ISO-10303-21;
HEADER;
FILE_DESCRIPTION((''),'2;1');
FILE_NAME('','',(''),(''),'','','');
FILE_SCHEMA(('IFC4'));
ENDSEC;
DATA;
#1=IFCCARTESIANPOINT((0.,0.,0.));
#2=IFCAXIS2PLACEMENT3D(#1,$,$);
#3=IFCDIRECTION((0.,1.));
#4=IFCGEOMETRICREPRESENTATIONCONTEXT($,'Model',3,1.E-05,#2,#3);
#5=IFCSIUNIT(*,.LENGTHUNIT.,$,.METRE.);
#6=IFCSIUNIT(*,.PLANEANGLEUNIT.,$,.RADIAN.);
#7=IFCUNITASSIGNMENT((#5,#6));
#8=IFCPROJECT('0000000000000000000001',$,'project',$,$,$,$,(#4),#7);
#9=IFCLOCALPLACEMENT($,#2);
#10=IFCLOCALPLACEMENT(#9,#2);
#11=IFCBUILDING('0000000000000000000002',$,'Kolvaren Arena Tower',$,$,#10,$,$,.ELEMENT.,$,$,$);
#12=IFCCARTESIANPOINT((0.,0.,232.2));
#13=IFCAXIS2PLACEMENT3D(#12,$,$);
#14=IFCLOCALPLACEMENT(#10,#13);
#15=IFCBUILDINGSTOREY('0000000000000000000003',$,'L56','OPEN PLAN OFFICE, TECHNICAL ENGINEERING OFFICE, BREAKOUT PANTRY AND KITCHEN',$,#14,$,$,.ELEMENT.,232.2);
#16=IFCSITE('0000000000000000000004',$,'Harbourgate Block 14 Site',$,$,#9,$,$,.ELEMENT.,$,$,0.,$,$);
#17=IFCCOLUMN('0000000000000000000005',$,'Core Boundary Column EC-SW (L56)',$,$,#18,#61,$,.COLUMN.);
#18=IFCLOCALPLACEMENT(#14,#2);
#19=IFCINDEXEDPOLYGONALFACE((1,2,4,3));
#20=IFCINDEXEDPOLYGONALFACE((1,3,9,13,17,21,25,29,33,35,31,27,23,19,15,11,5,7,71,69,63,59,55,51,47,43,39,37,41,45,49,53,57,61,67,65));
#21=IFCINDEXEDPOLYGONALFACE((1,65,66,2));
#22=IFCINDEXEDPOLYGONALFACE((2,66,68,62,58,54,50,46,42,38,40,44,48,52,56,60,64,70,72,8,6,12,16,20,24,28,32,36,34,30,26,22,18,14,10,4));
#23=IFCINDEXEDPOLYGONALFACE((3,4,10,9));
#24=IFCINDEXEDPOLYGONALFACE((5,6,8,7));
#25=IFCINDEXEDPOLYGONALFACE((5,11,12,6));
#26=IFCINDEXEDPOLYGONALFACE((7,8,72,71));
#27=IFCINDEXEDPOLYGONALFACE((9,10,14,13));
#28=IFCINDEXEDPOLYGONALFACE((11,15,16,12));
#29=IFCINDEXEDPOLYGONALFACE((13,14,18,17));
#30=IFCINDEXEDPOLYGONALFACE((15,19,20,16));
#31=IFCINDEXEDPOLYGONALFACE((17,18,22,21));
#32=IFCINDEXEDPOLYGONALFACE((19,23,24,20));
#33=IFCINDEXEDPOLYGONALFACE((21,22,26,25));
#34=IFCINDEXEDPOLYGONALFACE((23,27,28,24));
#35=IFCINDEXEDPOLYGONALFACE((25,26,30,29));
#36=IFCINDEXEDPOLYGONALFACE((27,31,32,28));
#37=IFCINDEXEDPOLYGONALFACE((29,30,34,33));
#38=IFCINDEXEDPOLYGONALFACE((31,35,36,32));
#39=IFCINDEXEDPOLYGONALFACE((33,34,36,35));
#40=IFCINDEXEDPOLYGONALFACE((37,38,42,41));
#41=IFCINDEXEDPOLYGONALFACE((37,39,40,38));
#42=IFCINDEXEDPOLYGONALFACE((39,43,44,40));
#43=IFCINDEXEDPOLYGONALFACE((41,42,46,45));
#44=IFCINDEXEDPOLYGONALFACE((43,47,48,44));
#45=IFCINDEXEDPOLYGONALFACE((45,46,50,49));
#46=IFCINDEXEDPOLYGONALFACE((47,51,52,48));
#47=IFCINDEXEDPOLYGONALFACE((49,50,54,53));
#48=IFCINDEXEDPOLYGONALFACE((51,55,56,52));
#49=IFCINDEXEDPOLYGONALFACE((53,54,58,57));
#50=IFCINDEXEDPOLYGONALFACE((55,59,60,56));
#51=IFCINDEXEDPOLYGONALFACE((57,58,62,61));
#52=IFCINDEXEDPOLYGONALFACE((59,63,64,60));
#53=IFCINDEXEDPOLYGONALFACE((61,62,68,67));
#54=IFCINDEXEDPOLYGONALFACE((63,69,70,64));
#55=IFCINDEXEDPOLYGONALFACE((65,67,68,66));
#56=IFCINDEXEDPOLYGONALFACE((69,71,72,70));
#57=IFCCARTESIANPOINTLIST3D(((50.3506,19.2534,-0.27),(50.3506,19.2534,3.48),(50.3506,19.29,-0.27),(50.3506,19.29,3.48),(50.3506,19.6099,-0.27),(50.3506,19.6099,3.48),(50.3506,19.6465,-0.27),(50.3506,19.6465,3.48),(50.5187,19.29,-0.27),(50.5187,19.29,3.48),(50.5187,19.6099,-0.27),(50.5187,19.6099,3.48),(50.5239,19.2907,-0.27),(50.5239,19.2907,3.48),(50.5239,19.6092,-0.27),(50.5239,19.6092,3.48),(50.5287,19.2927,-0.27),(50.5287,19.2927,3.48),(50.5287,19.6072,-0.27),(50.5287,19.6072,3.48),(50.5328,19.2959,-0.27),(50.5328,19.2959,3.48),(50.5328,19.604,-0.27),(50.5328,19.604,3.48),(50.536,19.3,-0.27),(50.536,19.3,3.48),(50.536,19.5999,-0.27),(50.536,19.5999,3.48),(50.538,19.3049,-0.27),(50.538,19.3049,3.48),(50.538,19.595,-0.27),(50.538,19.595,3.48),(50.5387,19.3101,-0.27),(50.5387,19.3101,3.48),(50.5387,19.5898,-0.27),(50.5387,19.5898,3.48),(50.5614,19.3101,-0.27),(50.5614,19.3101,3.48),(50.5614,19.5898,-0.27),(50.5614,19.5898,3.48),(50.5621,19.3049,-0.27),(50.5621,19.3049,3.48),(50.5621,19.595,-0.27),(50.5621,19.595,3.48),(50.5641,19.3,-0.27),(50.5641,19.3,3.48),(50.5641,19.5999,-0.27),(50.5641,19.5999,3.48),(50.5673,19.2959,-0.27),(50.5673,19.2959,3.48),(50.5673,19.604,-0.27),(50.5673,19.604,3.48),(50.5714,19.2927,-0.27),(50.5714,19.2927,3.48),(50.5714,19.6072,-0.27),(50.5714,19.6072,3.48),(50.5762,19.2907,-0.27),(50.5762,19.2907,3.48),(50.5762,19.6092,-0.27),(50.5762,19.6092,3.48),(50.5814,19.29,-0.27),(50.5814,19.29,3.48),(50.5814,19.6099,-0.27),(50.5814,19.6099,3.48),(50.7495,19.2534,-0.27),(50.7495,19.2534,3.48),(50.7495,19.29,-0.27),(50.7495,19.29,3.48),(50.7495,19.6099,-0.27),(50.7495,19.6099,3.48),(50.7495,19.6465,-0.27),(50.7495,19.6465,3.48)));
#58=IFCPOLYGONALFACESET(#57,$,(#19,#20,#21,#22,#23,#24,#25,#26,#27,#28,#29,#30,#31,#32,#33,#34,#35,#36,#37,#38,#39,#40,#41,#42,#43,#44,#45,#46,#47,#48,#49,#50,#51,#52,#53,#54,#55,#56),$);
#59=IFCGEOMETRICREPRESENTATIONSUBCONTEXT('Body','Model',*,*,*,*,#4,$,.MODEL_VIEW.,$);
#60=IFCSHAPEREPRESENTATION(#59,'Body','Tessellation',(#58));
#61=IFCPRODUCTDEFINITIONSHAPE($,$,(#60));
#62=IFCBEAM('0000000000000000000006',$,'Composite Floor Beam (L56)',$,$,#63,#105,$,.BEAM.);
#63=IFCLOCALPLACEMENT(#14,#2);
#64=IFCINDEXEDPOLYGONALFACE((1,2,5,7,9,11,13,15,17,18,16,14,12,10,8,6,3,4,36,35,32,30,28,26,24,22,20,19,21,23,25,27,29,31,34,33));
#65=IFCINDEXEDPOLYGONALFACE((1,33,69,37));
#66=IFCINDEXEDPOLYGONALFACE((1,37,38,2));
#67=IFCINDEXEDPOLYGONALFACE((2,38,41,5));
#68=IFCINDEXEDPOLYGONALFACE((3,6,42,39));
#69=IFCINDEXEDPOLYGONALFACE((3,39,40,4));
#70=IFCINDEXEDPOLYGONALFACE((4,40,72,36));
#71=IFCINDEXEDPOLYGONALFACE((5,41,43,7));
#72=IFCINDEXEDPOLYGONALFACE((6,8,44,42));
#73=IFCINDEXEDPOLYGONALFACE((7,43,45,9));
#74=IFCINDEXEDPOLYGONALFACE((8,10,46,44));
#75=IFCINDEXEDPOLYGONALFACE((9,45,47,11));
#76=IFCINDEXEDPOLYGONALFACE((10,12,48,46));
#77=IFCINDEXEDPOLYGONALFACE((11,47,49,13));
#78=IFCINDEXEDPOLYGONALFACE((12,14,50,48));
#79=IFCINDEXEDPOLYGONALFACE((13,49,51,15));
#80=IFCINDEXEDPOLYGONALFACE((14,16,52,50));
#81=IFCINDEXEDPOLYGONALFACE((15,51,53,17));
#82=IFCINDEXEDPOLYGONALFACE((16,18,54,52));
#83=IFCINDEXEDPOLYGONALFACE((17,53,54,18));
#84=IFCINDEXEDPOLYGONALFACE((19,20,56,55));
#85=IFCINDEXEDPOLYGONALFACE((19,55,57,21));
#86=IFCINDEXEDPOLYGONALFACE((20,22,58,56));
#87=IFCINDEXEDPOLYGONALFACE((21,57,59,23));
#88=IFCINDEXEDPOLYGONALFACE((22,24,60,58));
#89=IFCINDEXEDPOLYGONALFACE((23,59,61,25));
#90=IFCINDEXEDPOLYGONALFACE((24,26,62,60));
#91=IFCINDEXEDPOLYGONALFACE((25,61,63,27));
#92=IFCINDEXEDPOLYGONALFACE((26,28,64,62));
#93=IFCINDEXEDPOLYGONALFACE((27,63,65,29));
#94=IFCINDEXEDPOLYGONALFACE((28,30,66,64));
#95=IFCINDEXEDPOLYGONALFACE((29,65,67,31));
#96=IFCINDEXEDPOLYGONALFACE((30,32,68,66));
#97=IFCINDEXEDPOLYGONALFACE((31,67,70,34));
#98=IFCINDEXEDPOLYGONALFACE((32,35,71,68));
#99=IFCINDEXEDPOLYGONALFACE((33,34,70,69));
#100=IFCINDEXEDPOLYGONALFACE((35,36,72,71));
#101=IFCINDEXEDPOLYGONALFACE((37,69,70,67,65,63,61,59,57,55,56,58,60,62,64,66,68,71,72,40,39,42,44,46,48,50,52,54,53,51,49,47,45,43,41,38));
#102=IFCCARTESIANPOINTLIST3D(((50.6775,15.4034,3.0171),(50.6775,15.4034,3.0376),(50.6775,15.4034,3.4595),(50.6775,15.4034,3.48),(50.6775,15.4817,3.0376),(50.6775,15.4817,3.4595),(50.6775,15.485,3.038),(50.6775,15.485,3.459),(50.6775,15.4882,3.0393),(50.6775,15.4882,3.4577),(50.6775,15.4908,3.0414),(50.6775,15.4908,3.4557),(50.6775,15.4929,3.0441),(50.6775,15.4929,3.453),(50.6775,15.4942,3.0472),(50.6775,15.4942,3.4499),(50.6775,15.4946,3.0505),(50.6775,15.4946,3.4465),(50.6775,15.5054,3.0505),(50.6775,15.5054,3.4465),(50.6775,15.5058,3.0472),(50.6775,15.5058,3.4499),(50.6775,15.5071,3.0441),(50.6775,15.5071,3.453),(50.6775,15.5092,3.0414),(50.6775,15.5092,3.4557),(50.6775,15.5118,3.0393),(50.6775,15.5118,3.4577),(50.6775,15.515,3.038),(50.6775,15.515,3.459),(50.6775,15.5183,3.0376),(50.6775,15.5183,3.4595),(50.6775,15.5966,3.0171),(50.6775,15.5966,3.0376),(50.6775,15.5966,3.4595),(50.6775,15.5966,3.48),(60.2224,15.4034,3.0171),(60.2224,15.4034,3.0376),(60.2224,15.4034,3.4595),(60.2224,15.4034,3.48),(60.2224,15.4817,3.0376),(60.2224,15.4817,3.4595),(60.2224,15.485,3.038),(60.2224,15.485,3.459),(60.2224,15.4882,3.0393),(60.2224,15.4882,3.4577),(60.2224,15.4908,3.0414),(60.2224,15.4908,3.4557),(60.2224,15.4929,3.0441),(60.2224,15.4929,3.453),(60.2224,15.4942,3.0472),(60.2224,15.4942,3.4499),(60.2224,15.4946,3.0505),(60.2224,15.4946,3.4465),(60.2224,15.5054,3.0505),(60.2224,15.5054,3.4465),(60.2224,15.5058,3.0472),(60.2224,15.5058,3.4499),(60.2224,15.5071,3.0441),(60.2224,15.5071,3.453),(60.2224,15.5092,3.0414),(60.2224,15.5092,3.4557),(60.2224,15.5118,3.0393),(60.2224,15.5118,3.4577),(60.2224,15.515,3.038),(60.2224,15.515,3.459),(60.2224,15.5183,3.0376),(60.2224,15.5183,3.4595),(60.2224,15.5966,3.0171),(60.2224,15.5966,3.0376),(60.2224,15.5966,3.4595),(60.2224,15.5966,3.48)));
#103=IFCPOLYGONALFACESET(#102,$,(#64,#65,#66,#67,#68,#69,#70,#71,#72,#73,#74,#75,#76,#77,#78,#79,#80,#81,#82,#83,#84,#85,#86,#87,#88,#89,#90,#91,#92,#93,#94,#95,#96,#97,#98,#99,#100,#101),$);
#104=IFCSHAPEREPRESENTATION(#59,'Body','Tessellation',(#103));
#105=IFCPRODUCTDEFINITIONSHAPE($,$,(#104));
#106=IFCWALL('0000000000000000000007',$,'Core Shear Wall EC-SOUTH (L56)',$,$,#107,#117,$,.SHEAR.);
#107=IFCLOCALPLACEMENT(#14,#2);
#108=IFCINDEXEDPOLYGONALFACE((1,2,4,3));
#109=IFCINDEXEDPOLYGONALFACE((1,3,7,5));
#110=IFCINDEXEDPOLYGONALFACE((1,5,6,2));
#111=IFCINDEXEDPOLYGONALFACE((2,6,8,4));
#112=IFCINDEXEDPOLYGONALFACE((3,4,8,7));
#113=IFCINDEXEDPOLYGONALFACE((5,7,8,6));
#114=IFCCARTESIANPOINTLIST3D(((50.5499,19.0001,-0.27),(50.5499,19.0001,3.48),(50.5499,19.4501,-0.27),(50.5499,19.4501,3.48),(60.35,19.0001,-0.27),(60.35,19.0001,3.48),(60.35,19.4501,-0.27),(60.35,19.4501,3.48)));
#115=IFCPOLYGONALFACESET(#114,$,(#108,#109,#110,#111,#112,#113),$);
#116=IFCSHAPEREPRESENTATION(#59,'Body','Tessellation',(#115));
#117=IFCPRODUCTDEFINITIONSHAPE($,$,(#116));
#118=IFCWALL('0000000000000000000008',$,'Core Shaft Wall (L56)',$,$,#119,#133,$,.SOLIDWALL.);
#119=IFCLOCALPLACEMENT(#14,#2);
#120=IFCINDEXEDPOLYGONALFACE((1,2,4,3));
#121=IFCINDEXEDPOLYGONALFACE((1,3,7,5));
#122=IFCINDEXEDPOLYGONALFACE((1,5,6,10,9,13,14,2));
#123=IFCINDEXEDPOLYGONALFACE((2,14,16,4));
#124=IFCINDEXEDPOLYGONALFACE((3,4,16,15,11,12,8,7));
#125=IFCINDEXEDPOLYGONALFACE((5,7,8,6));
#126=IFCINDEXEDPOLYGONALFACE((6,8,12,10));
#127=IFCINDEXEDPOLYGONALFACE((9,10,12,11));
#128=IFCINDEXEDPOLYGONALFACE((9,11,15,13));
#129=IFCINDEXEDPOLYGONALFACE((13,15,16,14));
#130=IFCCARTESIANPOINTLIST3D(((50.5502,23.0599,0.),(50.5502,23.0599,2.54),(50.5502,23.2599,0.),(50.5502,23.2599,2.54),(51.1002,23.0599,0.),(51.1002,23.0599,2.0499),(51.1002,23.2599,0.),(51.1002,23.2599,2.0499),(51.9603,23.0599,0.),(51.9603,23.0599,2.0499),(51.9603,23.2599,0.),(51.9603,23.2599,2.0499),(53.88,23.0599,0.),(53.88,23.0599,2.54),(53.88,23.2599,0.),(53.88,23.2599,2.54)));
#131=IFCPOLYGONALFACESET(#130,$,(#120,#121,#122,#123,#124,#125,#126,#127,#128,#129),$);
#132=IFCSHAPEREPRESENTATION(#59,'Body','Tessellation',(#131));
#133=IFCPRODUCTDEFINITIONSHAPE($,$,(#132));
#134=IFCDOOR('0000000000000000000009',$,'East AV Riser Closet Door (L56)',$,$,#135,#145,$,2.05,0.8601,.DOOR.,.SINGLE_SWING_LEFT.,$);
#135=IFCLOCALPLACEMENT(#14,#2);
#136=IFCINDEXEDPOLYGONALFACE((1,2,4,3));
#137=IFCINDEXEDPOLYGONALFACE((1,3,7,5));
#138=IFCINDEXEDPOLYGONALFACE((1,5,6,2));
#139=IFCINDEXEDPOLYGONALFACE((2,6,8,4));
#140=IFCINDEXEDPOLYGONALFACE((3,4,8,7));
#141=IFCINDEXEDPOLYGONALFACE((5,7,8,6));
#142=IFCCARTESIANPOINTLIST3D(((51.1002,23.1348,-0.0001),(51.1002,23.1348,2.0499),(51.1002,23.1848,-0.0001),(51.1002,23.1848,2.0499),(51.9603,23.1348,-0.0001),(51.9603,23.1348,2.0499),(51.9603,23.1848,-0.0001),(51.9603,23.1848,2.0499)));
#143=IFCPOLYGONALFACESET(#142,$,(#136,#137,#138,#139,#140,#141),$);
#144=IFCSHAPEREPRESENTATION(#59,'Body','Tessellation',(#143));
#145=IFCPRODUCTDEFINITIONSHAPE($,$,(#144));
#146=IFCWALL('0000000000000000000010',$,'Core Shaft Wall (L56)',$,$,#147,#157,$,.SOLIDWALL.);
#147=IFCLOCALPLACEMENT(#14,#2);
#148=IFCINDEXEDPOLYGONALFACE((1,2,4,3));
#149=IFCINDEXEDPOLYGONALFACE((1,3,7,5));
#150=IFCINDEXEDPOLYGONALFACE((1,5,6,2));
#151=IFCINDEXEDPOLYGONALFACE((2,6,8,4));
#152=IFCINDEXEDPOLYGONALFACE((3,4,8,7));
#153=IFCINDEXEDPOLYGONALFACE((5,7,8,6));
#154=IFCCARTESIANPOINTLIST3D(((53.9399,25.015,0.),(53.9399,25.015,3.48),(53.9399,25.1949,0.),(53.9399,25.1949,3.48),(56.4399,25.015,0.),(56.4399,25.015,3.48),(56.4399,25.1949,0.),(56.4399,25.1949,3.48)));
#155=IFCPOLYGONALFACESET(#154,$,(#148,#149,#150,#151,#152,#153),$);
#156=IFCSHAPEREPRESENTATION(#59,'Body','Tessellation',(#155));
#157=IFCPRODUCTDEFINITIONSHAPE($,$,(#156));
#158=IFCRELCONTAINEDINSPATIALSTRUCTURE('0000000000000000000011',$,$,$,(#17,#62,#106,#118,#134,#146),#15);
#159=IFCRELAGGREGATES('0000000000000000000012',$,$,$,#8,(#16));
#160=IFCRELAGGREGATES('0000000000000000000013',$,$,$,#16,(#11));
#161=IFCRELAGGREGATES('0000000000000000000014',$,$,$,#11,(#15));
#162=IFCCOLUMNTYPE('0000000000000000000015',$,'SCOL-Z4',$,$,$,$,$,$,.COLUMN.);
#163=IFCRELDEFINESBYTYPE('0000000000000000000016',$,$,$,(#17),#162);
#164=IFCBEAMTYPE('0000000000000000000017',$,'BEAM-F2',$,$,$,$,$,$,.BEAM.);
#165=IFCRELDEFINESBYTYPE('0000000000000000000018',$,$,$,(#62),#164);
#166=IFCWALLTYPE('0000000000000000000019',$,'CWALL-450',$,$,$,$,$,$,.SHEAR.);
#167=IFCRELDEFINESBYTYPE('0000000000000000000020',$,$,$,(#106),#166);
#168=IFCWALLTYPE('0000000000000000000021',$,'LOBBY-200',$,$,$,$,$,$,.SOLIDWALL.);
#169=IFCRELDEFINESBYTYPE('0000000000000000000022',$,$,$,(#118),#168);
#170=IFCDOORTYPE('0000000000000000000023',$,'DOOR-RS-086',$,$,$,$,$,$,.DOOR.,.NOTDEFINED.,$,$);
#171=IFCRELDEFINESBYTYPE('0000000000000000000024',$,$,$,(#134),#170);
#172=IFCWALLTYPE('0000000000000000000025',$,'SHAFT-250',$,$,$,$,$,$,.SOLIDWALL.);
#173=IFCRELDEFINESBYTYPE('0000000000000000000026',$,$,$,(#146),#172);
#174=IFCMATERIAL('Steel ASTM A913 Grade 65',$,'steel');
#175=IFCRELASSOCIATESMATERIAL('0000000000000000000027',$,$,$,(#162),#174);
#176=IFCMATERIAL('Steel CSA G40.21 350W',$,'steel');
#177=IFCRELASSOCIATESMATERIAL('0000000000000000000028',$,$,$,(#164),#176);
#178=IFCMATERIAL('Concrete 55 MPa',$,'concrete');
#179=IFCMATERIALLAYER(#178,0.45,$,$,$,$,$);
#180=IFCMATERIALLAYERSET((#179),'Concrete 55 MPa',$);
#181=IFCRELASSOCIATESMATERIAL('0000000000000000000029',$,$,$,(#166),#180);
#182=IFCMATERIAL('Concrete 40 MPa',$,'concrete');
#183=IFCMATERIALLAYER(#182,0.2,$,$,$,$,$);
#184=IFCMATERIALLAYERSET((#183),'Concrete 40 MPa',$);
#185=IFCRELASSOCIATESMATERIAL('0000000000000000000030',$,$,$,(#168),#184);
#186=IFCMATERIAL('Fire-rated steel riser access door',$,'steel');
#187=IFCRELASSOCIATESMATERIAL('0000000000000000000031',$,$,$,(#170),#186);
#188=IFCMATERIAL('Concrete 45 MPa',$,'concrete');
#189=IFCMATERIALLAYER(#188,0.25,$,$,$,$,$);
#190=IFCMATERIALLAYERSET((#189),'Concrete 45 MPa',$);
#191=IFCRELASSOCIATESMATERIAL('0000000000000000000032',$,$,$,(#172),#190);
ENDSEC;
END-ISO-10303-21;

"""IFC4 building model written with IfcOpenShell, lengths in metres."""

from ifc_helpers import new_model, si_unit, direction, frame, frame_2d, origin, origin_2d, place, context, subcontext, project, spatial, rectangle, i_section, extrude, material, layer, layer_set, material_profile, profile_set, type_object, element, fill, save


model = new_model("IFC4")

# Units and contexts
model_context = context("Model", 3, precision=1e-05, world=origin(), true_north=direction((0.0, 1.0)))
body_context = subcontext(model_context, "Body", "Model", "MODEL_VIEW")
ifc_project = project(units=[si_unit("LENGTHUNIT", "METRE"), si_unit("PLANEANGLEUNIT", "RADIAN")], contexts=[model_context])

# Site, building, storey
site_placement = place(None, origin())
site = spatial("IfcSite", under=ifc_project, at=site_placement, Name="Harbourgate Block 14 Site", CompositionType="ELEMENT", RefElevation=0.0)
building_placement = place(site_placement, origin())
building = spatial("IfcBuilding", under=site, at=building_placement, Name="Kolvaren Arena Tower", CompositionType="ELEMENT")
storey_placement = place(building_placement, frame((0.0, 0.0, 232.2)))
storey = spatial("IfcBuildingStorey", under=building, at=storey_placement, Name="L56", Description="OPEN PLAN OFFICE, TECHNICAL ENGINEERING OFFICE, BREAKOUT PANTRY AND KITCHEN", CompositionType="ELEMENT", Elevation=232.2)

# Column
ifc_material_1 = material(Name="Steel ASTM A913 Grade 65", Category="steel")
ifc_material_profile_1 = material_profile(ifc_material_1, i_section(OverallWidth=0.3989, OverallDepth=0.3931, WebThickness=0.0227, FlangeThickness=0.0366, FilletRadius=0.02, at=origin_2d()), Name="W360x287")
ifc_profile_set_1 = profile_set([ifc_material_profile_1], Name="Steel ASTM A913 Grade 65")
column_type = type_object("IfcColumnType", Name="SCOL-Z4", PredefinedType="COLUMN", material=ifc_profile_set_1)
column_placement = place(storey_placement, frame((50.55, 19.45, -0.27), z_axis=(0.0, 0.0, 1.0), x_axis=(1.0, 0.0, 0.0)))
element("IfcColumn", 1, at=column_placement, inside=storey, type_object=column_type, Name="Core Boundary Column EC-SW (L56)", PredefinedType="COLUMN", context=body_context, shape_type="SweptSolid", body=[
    extrude(i_section(OverallWidth=0.3989, OverallDepth=0.3931, WebThickness=0.0227, FlangeThickness=0.0366, FilletRadius=0.02, at=origin_2d()), origin(), (0.0, 0.0, 1.0), 3.75),
])

# Beam
ifc_material_2 = material(Name="Steel CSA G40.21 350W", Category="steel")
ifc_material_profile_2 = material_profile(ifc_material_2, i_section(OverallWidth=0.1931, OverallDepth=0.4629, WebThickness=0.0107, FlangeThickness=0.0205, FilletRadius=0.0129, at=origin_2d()), Name="W460x113")
ifc_profile_set_2 = profile_set([ifc_material_profile_2], Name="Steel CSA G40.21 350W")
beam_type = type_object("IfcBeamType", Name="BEAM-F2", PredefinedType="BEAM", material=ifc_profile_set_2)
beam_placement = place(storey_placement, frame((50.6775, 15.5, 3.2485), z_axis=(1.0, 0.0, 0.0), x_axis=(0.0, 1.0, 0.0)))
element("IfcBeam", 2, at=beam_placement, inside=storey, type_object=beam_type, Name="Composite Floor Beam (L56)", PredefinedType="BEAM", context=body_context, shape_type="SweptSolid", body=[
    extrude(i_section(OverallWidth=0.1931, OverallDepth=0.4629, WebThickness=0.0107, FlangeThickness=0.0205, FilletRadius=0.0129, at=origin_2d()), origin(), (0.0, 0.0, 1.0), 9.5449),
])

# Wall
ifc_material_3 = material(Name="Concrete 55 MPa", Category="concrete")
ifc_layer_1 = layer(ifc_material_3, 0.45)
ifc_layer_set_1 = layer_set([ifc_layer_1], Name="Concrete 55 MPa")
wall_type_1 = type_object("IfcWallType", Name="CWALL-450", PredefinedType="SHEAR", material=ifc_layer_set_1)
wall_1_placement = place(storey_placement, frame((50.55, 19.2251, -0.27), z_axis=(0.0, 0.0, 1.0), x_axis=(1.0, 0.0, 0.0)))
element("IfcWall", 3, at=wall_1_placement, inside=storey, type_object=wall_type_1, Name="Core Shear Wall EC-SOUTH (L56)", PredefinedType="SHEAR", context=body_context, shape_type="SweptSolid", body=[
    extrude(rectangle(XDim=9.8, YDim=0.45, at=frame_2d((4.8999, 0.0))), origin(), (0.0, 0.0, 1.0), 3.75),
])

# Shared definitions
ifc_material_4 = material(Name="Concrete 40 MPa", Category="concrete")
ifc_layer_2 = layer(ifc_material_4, 0.2)
ifc_layer_set_2 = layer_set([ifc_layer_2], Name="Concrete 40 MPa")
wall_type_2 = type_object("IfcWallType", Name="LOBBY-200", PredefinedType="SOLIDWALL", material=ifc_layer_set_2)

# Wall, opening, door
wall_2_placement = place(storey_placement, frame((50.55, 23.1599, 0.0), z_axis=(0.0, 0.0, 1.0), x_axis=(1.0, 0.0, 0.0)))
wall_2 = element("IfcWall", 4, at=wall_2_placement, inside=storey, type_object=wall_type_2, Name="Core Shaft Wall (L56)", PredefinedType="SOLIDWALL", context=body_context, shape_type="SweptSolid", body=[
    extrude(rectangle(XDim=3.3298, YDim=0.2, at=frame_2d((1.665, 0.0))), origin(), (0.0, 0.0, 1.0), 2.54),
])
opening_1_placement = place(wall_2_placement, frame((0.55, 0.0, 0.0)))
opening_1 = element("IfcOpeningElement", 5, at=opening_1_placement, cuts=wall_2, PredefinedType="OPENING", context=body_context, shape_type="SweptSolid", body=[
    extrude(rectangle(XDim=0.8601, YDim=2.05, at=frame_2d((0.4302, 1.0249))), frame((0.0, 0.1099, 0.0), z_axis=(0.0, -1.0, 0.0), x_axis=(1.0, 0.0, 0.0)), (0.0, 0.0, 1.0), 0.22),
])
ifc_material_5 = material(Name="Fire-rated steel riser access door", Category="steel")
door_type_1 = type_object("IfcDoorType", Name="DOOR-RS-086", OperationType="NOTDEFINED", PredefinedType="DOOR", material=ifc_material_5)
door_1_placement = place(opening_1_placement, origin())
door_1 = element("IfcDoor", 6, at=door_1_placement, inside=storey, type_object=door_type_1, Name="East AV Riser Closet Door (L56)", OperationType="SINGLE_SWING_LEFT", OverallHeight=2.05, OverallWidth=0.8601, PredefinedType="DOOR", context=body_context, shape_type="SweptSolid", body=[
    extrude(rectangle(XDim=0.8601, YDim=2.05, at=frame_2d((0.4302, 1.0249))), frame((0.0, 0.0249, 0.0), z_axis=(0.0, -1.0, 0.0), x_axis=(1.0, 0.0, 0.0)), (0.0, 0.0, 1.0), 0.05),
])
fill(opening_1, door_1)

# Wall
ifc_material_6 = material(Name="Concrete 45 MPa", Category="concrete")
ifc_layer_3 = layer(ifc_material_6, 0.25)
ifc_layer_set_3 = layer_set([ifc_layer_3], Name="Concrete 45 MPa")
wall_type_3 = type_object("IfcWallType", Name="SHAFT-250", PredefinedType="SOLIDWALL", material=ifc_layer_set_3)
wall_3_placement = place(storey_placement, frame((53.9399, 25.105, 0.0), z_axis=(0.0, 0.0, 1.0), x_axis=(1.0, 0.0, 0.0)))
element("IfcWall", 7, at=wall_3_placement, inside=storey, type_object=wall_type_3, Name="Core Shaft Wall (L56)", PredefinedType="SOLIDWALL", context=body_context, shape_type="SweptSolid", body=[
    extrude(rectangle(XDim=2.5, YDim=0.1799, at=frame_2d((1.25, 0.0))), origin(), (0.0, 0.0, 1.0), 3.48),
])

save(model, "model.ifc")
